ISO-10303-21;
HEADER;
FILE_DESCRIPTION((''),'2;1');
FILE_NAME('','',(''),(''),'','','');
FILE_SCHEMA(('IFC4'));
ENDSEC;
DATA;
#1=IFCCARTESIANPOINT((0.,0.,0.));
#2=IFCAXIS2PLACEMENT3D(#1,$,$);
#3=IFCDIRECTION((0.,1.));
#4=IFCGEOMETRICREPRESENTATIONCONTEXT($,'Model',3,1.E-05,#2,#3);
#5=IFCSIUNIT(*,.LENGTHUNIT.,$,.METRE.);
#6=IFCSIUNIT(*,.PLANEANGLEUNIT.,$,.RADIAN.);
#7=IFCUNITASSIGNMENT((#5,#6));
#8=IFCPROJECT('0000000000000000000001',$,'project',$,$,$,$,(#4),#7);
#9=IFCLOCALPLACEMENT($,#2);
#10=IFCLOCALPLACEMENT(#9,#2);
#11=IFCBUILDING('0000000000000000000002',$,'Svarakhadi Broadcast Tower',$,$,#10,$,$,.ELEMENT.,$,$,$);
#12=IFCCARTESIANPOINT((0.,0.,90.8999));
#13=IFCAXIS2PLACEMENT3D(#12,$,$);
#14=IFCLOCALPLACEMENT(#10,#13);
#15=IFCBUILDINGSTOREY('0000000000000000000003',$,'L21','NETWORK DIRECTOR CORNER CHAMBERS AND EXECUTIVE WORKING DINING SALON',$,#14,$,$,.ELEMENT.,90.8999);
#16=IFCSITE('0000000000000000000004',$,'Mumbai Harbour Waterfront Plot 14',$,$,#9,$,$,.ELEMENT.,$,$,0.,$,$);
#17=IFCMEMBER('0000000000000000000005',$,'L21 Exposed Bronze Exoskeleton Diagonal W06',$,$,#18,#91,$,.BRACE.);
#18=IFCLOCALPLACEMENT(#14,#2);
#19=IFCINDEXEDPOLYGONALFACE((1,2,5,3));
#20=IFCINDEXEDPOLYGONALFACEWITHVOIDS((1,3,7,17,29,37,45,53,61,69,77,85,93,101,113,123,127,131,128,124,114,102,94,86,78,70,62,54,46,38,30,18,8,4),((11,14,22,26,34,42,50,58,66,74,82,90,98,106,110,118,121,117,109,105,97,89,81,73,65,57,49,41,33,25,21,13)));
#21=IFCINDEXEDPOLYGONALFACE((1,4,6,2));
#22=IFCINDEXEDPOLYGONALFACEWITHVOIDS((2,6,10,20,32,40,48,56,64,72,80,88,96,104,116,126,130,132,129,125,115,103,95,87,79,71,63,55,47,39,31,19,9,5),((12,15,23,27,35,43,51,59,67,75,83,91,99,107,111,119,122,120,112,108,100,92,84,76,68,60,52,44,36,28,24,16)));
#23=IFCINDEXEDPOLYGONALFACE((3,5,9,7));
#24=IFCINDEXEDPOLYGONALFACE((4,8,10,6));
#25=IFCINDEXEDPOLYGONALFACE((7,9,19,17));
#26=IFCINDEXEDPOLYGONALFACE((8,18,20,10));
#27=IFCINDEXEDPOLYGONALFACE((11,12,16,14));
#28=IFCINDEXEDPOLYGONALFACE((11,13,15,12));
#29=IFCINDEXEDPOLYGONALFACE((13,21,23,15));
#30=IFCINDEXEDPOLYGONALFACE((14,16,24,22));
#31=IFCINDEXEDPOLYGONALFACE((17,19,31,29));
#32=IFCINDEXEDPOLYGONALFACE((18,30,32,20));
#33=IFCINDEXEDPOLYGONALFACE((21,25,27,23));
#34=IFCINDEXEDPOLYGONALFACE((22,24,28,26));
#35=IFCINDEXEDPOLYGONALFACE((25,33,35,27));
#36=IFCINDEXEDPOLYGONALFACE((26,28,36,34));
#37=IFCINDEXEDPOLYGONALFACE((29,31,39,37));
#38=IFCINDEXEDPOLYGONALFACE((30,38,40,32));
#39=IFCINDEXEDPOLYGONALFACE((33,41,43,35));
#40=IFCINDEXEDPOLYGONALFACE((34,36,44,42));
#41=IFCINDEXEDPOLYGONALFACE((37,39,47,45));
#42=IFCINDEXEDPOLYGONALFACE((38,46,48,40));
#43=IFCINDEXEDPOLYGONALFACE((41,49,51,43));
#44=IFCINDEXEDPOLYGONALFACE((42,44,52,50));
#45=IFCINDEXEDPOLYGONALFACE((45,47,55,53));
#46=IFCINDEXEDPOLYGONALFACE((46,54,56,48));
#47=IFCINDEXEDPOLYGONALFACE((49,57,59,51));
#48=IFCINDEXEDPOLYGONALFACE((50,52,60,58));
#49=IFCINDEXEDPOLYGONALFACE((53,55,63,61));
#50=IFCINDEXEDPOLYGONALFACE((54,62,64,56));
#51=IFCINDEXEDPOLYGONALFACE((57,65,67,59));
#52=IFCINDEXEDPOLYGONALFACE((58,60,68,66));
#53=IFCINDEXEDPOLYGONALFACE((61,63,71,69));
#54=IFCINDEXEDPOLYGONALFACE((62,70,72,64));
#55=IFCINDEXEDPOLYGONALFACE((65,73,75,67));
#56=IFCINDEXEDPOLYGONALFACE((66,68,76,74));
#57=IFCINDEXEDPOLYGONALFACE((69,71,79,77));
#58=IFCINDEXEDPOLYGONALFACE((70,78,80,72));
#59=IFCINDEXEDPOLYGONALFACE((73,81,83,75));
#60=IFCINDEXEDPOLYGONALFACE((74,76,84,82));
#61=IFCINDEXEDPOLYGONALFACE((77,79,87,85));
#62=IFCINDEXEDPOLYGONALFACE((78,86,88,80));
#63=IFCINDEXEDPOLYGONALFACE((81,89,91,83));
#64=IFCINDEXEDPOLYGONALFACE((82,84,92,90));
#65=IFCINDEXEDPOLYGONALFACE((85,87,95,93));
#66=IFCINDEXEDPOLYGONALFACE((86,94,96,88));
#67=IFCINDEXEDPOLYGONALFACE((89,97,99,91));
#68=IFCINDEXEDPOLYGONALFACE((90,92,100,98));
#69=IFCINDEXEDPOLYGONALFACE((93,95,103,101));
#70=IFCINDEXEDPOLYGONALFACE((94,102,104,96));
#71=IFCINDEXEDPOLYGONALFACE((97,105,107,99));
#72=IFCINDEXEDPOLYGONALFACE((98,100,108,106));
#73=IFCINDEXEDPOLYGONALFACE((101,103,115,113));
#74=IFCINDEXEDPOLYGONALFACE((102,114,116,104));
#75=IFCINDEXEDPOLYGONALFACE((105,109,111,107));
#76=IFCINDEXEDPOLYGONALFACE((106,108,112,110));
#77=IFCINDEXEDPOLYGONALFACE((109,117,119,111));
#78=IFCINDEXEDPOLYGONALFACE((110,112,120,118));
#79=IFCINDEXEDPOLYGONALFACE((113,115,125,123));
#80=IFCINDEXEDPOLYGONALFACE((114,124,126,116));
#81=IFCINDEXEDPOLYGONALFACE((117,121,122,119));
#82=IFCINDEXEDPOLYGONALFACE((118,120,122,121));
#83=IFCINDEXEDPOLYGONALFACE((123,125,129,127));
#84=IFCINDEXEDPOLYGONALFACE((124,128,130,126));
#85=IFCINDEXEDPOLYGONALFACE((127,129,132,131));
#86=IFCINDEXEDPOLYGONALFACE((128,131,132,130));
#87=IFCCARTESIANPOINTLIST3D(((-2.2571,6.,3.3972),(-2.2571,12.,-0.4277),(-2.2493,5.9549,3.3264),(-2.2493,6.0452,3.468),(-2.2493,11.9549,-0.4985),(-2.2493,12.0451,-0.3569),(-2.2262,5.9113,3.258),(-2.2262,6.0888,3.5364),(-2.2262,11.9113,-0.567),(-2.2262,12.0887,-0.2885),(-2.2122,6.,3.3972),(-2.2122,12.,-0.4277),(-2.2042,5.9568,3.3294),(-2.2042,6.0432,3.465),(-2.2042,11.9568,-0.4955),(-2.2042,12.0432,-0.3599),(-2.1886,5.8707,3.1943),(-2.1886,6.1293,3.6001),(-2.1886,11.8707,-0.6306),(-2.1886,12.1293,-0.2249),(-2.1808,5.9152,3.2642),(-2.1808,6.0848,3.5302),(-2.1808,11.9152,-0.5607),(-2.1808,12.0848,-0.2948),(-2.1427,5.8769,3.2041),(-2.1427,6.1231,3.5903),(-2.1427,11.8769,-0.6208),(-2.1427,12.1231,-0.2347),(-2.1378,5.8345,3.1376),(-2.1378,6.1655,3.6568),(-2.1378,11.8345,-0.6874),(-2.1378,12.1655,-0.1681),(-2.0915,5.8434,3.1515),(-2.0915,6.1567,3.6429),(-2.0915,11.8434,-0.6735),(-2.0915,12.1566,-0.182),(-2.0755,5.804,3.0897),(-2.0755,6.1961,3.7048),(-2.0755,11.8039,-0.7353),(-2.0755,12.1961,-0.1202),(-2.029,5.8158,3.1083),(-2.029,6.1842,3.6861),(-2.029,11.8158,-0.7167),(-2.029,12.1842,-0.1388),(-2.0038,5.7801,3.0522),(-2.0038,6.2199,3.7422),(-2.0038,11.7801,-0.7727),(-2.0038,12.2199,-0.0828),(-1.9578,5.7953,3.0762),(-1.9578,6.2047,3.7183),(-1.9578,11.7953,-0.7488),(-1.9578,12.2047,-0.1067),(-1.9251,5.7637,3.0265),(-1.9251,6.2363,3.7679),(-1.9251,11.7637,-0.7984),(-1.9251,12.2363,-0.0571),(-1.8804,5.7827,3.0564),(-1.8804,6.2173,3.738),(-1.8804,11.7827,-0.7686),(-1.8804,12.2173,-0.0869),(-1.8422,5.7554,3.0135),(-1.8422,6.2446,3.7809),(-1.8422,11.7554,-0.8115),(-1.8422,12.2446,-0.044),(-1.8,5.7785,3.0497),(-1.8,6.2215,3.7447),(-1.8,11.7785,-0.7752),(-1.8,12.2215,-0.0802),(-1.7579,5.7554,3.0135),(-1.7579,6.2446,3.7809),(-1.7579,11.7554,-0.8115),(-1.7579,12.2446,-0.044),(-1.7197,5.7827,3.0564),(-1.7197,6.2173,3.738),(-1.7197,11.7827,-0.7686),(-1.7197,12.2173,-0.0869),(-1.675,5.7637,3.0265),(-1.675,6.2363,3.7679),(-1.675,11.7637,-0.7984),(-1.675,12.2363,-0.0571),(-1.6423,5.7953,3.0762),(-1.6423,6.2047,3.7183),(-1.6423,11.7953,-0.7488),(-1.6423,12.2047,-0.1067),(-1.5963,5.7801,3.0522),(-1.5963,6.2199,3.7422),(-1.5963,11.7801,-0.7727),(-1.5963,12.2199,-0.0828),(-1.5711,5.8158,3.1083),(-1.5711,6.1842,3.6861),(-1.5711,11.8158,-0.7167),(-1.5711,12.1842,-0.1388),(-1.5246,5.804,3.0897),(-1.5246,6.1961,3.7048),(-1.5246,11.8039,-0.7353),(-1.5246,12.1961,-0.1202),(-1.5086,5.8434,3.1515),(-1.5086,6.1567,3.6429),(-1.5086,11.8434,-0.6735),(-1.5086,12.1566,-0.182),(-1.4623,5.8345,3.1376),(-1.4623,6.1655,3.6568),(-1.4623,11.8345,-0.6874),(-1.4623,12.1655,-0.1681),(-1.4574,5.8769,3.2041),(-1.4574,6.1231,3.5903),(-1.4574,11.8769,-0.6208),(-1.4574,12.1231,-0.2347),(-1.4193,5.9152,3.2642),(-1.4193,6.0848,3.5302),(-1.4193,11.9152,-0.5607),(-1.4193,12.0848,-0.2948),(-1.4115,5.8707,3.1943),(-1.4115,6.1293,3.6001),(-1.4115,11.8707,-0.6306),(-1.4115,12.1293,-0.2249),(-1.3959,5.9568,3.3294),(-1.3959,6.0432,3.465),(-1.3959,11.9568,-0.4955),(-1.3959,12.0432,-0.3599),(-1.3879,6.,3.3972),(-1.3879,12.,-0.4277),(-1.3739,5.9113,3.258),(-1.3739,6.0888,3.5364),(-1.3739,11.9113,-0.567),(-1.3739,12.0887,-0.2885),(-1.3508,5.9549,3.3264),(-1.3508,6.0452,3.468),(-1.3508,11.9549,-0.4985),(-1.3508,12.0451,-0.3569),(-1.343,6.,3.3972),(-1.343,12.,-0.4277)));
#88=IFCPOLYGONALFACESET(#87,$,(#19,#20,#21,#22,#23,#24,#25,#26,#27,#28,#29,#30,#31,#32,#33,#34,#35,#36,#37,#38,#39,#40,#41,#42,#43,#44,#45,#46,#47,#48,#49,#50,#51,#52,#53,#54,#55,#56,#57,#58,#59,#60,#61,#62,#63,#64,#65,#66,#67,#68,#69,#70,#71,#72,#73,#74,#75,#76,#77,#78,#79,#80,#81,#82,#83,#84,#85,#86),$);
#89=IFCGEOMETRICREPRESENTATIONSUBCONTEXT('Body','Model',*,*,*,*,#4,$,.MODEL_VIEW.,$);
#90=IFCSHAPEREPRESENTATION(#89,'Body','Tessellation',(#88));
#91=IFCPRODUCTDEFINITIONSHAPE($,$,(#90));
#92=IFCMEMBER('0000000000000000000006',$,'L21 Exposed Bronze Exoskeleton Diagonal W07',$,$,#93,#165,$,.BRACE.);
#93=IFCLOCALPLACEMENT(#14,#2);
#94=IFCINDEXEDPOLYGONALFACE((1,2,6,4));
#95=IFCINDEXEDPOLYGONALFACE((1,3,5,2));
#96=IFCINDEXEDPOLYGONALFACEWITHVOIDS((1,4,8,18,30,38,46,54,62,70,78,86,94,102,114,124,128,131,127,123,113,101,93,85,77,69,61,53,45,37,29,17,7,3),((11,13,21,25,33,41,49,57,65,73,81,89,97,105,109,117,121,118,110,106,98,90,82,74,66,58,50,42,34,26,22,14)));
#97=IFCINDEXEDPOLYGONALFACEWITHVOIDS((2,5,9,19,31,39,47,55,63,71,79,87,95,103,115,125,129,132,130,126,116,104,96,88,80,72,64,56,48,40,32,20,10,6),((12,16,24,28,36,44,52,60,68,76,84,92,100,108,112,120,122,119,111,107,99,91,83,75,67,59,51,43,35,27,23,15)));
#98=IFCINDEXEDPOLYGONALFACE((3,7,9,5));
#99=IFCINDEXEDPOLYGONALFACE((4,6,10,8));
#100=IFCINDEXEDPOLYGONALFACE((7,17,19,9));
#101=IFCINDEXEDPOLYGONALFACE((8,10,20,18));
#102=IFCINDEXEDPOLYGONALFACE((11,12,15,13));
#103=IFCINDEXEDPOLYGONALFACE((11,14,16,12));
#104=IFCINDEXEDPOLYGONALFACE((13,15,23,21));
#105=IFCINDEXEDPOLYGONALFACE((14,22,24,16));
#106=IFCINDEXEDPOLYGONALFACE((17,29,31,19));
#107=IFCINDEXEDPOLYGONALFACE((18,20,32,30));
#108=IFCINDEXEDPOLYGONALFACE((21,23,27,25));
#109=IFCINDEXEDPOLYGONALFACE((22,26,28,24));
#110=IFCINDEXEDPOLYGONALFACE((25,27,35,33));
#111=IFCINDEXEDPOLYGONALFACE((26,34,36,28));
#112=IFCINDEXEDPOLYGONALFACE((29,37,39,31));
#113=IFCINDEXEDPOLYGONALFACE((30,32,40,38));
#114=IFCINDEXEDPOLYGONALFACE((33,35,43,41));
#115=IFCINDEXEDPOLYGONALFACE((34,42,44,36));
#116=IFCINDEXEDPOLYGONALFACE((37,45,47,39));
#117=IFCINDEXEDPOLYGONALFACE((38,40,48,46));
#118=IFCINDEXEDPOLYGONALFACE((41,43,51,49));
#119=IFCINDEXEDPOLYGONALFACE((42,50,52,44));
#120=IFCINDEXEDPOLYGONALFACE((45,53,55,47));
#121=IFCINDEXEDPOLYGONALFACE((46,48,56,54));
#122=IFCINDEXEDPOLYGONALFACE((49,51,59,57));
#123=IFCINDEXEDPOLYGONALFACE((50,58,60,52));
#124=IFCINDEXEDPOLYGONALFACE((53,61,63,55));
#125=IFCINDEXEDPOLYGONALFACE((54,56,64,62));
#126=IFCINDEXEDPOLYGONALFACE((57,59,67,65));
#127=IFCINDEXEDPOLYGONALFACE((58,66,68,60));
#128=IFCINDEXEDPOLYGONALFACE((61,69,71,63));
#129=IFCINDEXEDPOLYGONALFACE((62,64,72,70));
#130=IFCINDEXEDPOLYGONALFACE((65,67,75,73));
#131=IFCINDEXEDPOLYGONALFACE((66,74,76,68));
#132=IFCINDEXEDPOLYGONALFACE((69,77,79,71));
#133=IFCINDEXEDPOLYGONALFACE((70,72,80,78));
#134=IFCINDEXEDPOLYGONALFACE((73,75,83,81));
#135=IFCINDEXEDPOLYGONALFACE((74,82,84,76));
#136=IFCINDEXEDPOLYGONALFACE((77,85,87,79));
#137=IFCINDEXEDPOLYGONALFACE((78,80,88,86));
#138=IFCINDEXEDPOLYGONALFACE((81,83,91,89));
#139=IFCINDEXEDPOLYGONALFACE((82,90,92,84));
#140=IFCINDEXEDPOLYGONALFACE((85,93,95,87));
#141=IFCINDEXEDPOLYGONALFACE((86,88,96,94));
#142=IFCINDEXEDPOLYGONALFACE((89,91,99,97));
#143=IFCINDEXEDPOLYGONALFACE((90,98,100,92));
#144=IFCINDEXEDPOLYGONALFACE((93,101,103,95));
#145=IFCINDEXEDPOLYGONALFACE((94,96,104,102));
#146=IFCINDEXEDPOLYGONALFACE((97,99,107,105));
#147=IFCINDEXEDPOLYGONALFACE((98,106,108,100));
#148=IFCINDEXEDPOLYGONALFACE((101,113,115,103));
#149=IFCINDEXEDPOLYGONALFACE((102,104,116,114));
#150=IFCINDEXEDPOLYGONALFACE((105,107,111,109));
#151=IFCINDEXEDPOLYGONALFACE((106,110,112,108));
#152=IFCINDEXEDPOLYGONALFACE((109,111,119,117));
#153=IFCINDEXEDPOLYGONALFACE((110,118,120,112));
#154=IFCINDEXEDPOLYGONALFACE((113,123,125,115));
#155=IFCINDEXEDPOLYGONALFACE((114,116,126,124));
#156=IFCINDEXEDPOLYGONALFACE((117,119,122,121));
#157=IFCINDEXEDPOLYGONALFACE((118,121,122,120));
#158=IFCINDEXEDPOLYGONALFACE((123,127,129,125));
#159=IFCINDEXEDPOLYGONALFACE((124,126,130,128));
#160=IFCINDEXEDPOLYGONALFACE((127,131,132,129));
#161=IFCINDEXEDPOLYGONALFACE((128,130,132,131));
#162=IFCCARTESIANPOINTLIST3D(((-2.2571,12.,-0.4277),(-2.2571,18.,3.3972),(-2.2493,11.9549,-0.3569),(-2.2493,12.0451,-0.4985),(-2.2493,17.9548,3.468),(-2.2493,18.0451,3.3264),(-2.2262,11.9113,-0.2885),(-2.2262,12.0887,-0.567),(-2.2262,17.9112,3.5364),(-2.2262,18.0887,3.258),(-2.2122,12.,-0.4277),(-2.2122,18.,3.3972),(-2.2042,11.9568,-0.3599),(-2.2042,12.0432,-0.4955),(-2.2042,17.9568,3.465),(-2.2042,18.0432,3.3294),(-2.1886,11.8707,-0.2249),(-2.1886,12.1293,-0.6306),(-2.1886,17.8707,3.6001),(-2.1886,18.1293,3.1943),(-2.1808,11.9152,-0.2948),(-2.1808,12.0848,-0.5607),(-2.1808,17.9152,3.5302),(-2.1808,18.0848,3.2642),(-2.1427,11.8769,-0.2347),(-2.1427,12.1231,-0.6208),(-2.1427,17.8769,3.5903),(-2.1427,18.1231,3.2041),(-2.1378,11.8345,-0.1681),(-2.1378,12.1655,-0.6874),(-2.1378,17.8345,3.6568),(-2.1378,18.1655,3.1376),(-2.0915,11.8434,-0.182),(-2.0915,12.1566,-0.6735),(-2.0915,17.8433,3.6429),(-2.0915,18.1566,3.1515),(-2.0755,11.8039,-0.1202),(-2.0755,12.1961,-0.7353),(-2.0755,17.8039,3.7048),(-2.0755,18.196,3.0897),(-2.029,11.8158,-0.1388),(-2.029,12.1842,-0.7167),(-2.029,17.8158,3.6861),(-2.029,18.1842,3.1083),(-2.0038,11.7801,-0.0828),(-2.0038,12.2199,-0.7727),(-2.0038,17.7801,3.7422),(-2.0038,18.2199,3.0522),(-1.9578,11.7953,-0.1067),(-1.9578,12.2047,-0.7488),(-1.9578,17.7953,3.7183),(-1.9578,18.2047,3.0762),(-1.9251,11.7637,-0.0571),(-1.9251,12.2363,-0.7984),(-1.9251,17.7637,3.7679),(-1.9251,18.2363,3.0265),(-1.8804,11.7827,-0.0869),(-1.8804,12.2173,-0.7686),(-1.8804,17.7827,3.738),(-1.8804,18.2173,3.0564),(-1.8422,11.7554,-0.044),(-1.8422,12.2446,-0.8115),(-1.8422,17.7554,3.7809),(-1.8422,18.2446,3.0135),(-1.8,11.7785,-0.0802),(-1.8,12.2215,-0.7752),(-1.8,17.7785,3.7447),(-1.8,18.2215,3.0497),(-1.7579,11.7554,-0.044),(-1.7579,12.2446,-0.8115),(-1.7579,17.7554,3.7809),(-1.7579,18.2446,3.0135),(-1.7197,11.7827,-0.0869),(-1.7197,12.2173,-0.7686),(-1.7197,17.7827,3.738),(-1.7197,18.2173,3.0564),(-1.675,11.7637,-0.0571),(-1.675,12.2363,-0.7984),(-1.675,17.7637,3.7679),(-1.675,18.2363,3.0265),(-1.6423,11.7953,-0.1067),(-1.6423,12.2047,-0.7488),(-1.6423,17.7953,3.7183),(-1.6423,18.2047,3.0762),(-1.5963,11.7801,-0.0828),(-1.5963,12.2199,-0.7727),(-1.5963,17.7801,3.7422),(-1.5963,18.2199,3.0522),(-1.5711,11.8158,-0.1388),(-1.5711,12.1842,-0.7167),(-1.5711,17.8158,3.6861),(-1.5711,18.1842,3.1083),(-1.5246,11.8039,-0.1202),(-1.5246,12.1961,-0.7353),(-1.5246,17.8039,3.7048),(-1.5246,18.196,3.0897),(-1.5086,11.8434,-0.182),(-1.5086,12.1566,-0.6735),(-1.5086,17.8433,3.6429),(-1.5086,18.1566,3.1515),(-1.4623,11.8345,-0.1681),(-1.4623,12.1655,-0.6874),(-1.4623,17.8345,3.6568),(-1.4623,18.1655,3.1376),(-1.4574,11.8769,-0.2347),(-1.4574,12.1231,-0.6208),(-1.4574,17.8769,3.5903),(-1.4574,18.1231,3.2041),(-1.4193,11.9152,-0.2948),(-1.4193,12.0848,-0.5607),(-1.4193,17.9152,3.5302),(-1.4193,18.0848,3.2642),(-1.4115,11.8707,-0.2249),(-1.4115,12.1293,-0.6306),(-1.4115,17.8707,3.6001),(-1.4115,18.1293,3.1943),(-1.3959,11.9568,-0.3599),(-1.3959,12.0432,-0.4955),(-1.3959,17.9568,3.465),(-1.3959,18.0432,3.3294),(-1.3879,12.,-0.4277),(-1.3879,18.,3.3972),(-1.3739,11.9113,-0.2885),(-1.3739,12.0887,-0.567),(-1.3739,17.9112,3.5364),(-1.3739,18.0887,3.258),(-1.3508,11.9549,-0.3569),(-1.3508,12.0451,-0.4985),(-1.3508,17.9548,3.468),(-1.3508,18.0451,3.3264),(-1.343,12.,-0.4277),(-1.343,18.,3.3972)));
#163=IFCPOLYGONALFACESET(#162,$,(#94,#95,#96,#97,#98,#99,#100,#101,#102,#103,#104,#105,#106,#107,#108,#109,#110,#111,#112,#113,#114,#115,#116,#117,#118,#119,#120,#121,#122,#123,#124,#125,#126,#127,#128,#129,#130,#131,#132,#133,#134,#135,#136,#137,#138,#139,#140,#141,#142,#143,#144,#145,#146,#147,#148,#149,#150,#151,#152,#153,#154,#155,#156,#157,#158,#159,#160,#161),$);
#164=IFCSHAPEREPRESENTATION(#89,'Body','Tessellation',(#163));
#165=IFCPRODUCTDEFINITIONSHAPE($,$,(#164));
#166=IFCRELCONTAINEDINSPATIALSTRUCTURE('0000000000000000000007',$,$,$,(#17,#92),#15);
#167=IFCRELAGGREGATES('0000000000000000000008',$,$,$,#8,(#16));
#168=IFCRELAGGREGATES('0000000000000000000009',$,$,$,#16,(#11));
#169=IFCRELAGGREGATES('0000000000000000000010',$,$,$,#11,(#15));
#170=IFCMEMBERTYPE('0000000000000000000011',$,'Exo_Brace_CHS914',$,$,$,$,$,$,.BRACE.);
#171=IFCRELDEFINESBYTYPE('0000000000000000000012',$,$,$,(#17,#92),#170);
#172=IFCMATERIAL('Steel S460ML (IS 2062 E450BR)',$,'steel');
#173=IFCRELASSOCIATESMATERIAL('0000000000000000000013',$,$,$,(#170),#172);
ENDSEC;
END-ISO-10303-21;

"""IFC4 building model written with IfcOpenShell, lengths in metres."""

from ifc_helpers import new_model, si_unit, direction, frame, origin, origin_2d, place, context, subcontext, project, spatial, hollow_circle, extrude, material, material_profile, profile_set, type_object, element, save


model = new_model("IFC4")

# Units and contexts
model_context = context("Model", 3, precision=1e-05, world=origin(), true_north=direction((0.0, 1.0)))
body_context = subcontext(model_context, "Body", "Model", "MODEL_VIEW")
ifc_project = project(units=[si_unit("LENGTHUNIT", "METRE"), si_unit("PLANEANGLEUNIT", "RADIAN")], contexts=[model_context])

# Site, building, storey
site_placement = place(None, origin())
site = spatial("IfcSite", under=ifc_project, at=site_placement, Name="Mumbai Harbour Waterfront Plot 14", CompositionType="ELEMENT", RefElevation=0.0)
building_placement = place(site_placement, origin())
building = spatial("IfcBuilding", under=site, at=building_placement, Name="Svarakhadi Broadcast Tower", CompositionType="ELEMENT")
storey_placement = place(building_placement, frame((0.0, 0.0, 90.8999)))
storey = spatial("IfcBuildingStorey", under=building, at=storey_placement, Name="L21", Description="NETWORK DIRECTOR CORNER CHAMBERS AND EXECUTIVE WORKING DINING SALON", CompositionType="ELEMENT", Elevation=90.8999)

# Shared definitions
ifc_material_1 = material(Name="Steel S460ML (IS 2062 E450BR)", Category="steel")

# Members
ifc_material_profile_1 = material_profile(ifc_material_1, hollow_circle(Radius=0.457, WallThickness=0.0449, at=origin_2d()), Name="CHS 914x45")
ifc_profile_set_1 = profile_set([ifc_material_profile_1], Name="Steel S460ML (IS 2062 E450BR)")
member_type_1 = type_object("IfcMemberType", Name="Exo_Brace_CHS914", PredefinedType="BRACE", material=ifc_profile_set_1)
for number, where, z_axis, x_axis, name in (
    (1, (-1.8, 12.0, -0.4277), (0.0, -0.84323, 0.537552), (1.0, 0.0, 0.0), "L21 Exposed Bronze Exoskeleton Diagonal W06"),
    (2, (-1.8, 12.0, -0.4277), (0.0, 0.84323, 0.537552), (-1.0, 0.0, 0.0), "L21 Exposed Bronze Exoskeleton Diagonal W07"),
):
    element("IfcMember", number, at=place(storey_placement, frame(where, z_axis=z_axis, x_axis=x_axis)), inside=storey, type_object=member_type_1, Name=name, PredefinedType="BRACE", context=body_context, shape_type="SweptSolid", body=[
        extrude(hollow_circle(Radius=0.457, WallThickness=0.0449, at=origin_2d()), origin(), (0.0, 0.0, 1.0), 7.1155),
    ])

save(model, "model.ifc")
